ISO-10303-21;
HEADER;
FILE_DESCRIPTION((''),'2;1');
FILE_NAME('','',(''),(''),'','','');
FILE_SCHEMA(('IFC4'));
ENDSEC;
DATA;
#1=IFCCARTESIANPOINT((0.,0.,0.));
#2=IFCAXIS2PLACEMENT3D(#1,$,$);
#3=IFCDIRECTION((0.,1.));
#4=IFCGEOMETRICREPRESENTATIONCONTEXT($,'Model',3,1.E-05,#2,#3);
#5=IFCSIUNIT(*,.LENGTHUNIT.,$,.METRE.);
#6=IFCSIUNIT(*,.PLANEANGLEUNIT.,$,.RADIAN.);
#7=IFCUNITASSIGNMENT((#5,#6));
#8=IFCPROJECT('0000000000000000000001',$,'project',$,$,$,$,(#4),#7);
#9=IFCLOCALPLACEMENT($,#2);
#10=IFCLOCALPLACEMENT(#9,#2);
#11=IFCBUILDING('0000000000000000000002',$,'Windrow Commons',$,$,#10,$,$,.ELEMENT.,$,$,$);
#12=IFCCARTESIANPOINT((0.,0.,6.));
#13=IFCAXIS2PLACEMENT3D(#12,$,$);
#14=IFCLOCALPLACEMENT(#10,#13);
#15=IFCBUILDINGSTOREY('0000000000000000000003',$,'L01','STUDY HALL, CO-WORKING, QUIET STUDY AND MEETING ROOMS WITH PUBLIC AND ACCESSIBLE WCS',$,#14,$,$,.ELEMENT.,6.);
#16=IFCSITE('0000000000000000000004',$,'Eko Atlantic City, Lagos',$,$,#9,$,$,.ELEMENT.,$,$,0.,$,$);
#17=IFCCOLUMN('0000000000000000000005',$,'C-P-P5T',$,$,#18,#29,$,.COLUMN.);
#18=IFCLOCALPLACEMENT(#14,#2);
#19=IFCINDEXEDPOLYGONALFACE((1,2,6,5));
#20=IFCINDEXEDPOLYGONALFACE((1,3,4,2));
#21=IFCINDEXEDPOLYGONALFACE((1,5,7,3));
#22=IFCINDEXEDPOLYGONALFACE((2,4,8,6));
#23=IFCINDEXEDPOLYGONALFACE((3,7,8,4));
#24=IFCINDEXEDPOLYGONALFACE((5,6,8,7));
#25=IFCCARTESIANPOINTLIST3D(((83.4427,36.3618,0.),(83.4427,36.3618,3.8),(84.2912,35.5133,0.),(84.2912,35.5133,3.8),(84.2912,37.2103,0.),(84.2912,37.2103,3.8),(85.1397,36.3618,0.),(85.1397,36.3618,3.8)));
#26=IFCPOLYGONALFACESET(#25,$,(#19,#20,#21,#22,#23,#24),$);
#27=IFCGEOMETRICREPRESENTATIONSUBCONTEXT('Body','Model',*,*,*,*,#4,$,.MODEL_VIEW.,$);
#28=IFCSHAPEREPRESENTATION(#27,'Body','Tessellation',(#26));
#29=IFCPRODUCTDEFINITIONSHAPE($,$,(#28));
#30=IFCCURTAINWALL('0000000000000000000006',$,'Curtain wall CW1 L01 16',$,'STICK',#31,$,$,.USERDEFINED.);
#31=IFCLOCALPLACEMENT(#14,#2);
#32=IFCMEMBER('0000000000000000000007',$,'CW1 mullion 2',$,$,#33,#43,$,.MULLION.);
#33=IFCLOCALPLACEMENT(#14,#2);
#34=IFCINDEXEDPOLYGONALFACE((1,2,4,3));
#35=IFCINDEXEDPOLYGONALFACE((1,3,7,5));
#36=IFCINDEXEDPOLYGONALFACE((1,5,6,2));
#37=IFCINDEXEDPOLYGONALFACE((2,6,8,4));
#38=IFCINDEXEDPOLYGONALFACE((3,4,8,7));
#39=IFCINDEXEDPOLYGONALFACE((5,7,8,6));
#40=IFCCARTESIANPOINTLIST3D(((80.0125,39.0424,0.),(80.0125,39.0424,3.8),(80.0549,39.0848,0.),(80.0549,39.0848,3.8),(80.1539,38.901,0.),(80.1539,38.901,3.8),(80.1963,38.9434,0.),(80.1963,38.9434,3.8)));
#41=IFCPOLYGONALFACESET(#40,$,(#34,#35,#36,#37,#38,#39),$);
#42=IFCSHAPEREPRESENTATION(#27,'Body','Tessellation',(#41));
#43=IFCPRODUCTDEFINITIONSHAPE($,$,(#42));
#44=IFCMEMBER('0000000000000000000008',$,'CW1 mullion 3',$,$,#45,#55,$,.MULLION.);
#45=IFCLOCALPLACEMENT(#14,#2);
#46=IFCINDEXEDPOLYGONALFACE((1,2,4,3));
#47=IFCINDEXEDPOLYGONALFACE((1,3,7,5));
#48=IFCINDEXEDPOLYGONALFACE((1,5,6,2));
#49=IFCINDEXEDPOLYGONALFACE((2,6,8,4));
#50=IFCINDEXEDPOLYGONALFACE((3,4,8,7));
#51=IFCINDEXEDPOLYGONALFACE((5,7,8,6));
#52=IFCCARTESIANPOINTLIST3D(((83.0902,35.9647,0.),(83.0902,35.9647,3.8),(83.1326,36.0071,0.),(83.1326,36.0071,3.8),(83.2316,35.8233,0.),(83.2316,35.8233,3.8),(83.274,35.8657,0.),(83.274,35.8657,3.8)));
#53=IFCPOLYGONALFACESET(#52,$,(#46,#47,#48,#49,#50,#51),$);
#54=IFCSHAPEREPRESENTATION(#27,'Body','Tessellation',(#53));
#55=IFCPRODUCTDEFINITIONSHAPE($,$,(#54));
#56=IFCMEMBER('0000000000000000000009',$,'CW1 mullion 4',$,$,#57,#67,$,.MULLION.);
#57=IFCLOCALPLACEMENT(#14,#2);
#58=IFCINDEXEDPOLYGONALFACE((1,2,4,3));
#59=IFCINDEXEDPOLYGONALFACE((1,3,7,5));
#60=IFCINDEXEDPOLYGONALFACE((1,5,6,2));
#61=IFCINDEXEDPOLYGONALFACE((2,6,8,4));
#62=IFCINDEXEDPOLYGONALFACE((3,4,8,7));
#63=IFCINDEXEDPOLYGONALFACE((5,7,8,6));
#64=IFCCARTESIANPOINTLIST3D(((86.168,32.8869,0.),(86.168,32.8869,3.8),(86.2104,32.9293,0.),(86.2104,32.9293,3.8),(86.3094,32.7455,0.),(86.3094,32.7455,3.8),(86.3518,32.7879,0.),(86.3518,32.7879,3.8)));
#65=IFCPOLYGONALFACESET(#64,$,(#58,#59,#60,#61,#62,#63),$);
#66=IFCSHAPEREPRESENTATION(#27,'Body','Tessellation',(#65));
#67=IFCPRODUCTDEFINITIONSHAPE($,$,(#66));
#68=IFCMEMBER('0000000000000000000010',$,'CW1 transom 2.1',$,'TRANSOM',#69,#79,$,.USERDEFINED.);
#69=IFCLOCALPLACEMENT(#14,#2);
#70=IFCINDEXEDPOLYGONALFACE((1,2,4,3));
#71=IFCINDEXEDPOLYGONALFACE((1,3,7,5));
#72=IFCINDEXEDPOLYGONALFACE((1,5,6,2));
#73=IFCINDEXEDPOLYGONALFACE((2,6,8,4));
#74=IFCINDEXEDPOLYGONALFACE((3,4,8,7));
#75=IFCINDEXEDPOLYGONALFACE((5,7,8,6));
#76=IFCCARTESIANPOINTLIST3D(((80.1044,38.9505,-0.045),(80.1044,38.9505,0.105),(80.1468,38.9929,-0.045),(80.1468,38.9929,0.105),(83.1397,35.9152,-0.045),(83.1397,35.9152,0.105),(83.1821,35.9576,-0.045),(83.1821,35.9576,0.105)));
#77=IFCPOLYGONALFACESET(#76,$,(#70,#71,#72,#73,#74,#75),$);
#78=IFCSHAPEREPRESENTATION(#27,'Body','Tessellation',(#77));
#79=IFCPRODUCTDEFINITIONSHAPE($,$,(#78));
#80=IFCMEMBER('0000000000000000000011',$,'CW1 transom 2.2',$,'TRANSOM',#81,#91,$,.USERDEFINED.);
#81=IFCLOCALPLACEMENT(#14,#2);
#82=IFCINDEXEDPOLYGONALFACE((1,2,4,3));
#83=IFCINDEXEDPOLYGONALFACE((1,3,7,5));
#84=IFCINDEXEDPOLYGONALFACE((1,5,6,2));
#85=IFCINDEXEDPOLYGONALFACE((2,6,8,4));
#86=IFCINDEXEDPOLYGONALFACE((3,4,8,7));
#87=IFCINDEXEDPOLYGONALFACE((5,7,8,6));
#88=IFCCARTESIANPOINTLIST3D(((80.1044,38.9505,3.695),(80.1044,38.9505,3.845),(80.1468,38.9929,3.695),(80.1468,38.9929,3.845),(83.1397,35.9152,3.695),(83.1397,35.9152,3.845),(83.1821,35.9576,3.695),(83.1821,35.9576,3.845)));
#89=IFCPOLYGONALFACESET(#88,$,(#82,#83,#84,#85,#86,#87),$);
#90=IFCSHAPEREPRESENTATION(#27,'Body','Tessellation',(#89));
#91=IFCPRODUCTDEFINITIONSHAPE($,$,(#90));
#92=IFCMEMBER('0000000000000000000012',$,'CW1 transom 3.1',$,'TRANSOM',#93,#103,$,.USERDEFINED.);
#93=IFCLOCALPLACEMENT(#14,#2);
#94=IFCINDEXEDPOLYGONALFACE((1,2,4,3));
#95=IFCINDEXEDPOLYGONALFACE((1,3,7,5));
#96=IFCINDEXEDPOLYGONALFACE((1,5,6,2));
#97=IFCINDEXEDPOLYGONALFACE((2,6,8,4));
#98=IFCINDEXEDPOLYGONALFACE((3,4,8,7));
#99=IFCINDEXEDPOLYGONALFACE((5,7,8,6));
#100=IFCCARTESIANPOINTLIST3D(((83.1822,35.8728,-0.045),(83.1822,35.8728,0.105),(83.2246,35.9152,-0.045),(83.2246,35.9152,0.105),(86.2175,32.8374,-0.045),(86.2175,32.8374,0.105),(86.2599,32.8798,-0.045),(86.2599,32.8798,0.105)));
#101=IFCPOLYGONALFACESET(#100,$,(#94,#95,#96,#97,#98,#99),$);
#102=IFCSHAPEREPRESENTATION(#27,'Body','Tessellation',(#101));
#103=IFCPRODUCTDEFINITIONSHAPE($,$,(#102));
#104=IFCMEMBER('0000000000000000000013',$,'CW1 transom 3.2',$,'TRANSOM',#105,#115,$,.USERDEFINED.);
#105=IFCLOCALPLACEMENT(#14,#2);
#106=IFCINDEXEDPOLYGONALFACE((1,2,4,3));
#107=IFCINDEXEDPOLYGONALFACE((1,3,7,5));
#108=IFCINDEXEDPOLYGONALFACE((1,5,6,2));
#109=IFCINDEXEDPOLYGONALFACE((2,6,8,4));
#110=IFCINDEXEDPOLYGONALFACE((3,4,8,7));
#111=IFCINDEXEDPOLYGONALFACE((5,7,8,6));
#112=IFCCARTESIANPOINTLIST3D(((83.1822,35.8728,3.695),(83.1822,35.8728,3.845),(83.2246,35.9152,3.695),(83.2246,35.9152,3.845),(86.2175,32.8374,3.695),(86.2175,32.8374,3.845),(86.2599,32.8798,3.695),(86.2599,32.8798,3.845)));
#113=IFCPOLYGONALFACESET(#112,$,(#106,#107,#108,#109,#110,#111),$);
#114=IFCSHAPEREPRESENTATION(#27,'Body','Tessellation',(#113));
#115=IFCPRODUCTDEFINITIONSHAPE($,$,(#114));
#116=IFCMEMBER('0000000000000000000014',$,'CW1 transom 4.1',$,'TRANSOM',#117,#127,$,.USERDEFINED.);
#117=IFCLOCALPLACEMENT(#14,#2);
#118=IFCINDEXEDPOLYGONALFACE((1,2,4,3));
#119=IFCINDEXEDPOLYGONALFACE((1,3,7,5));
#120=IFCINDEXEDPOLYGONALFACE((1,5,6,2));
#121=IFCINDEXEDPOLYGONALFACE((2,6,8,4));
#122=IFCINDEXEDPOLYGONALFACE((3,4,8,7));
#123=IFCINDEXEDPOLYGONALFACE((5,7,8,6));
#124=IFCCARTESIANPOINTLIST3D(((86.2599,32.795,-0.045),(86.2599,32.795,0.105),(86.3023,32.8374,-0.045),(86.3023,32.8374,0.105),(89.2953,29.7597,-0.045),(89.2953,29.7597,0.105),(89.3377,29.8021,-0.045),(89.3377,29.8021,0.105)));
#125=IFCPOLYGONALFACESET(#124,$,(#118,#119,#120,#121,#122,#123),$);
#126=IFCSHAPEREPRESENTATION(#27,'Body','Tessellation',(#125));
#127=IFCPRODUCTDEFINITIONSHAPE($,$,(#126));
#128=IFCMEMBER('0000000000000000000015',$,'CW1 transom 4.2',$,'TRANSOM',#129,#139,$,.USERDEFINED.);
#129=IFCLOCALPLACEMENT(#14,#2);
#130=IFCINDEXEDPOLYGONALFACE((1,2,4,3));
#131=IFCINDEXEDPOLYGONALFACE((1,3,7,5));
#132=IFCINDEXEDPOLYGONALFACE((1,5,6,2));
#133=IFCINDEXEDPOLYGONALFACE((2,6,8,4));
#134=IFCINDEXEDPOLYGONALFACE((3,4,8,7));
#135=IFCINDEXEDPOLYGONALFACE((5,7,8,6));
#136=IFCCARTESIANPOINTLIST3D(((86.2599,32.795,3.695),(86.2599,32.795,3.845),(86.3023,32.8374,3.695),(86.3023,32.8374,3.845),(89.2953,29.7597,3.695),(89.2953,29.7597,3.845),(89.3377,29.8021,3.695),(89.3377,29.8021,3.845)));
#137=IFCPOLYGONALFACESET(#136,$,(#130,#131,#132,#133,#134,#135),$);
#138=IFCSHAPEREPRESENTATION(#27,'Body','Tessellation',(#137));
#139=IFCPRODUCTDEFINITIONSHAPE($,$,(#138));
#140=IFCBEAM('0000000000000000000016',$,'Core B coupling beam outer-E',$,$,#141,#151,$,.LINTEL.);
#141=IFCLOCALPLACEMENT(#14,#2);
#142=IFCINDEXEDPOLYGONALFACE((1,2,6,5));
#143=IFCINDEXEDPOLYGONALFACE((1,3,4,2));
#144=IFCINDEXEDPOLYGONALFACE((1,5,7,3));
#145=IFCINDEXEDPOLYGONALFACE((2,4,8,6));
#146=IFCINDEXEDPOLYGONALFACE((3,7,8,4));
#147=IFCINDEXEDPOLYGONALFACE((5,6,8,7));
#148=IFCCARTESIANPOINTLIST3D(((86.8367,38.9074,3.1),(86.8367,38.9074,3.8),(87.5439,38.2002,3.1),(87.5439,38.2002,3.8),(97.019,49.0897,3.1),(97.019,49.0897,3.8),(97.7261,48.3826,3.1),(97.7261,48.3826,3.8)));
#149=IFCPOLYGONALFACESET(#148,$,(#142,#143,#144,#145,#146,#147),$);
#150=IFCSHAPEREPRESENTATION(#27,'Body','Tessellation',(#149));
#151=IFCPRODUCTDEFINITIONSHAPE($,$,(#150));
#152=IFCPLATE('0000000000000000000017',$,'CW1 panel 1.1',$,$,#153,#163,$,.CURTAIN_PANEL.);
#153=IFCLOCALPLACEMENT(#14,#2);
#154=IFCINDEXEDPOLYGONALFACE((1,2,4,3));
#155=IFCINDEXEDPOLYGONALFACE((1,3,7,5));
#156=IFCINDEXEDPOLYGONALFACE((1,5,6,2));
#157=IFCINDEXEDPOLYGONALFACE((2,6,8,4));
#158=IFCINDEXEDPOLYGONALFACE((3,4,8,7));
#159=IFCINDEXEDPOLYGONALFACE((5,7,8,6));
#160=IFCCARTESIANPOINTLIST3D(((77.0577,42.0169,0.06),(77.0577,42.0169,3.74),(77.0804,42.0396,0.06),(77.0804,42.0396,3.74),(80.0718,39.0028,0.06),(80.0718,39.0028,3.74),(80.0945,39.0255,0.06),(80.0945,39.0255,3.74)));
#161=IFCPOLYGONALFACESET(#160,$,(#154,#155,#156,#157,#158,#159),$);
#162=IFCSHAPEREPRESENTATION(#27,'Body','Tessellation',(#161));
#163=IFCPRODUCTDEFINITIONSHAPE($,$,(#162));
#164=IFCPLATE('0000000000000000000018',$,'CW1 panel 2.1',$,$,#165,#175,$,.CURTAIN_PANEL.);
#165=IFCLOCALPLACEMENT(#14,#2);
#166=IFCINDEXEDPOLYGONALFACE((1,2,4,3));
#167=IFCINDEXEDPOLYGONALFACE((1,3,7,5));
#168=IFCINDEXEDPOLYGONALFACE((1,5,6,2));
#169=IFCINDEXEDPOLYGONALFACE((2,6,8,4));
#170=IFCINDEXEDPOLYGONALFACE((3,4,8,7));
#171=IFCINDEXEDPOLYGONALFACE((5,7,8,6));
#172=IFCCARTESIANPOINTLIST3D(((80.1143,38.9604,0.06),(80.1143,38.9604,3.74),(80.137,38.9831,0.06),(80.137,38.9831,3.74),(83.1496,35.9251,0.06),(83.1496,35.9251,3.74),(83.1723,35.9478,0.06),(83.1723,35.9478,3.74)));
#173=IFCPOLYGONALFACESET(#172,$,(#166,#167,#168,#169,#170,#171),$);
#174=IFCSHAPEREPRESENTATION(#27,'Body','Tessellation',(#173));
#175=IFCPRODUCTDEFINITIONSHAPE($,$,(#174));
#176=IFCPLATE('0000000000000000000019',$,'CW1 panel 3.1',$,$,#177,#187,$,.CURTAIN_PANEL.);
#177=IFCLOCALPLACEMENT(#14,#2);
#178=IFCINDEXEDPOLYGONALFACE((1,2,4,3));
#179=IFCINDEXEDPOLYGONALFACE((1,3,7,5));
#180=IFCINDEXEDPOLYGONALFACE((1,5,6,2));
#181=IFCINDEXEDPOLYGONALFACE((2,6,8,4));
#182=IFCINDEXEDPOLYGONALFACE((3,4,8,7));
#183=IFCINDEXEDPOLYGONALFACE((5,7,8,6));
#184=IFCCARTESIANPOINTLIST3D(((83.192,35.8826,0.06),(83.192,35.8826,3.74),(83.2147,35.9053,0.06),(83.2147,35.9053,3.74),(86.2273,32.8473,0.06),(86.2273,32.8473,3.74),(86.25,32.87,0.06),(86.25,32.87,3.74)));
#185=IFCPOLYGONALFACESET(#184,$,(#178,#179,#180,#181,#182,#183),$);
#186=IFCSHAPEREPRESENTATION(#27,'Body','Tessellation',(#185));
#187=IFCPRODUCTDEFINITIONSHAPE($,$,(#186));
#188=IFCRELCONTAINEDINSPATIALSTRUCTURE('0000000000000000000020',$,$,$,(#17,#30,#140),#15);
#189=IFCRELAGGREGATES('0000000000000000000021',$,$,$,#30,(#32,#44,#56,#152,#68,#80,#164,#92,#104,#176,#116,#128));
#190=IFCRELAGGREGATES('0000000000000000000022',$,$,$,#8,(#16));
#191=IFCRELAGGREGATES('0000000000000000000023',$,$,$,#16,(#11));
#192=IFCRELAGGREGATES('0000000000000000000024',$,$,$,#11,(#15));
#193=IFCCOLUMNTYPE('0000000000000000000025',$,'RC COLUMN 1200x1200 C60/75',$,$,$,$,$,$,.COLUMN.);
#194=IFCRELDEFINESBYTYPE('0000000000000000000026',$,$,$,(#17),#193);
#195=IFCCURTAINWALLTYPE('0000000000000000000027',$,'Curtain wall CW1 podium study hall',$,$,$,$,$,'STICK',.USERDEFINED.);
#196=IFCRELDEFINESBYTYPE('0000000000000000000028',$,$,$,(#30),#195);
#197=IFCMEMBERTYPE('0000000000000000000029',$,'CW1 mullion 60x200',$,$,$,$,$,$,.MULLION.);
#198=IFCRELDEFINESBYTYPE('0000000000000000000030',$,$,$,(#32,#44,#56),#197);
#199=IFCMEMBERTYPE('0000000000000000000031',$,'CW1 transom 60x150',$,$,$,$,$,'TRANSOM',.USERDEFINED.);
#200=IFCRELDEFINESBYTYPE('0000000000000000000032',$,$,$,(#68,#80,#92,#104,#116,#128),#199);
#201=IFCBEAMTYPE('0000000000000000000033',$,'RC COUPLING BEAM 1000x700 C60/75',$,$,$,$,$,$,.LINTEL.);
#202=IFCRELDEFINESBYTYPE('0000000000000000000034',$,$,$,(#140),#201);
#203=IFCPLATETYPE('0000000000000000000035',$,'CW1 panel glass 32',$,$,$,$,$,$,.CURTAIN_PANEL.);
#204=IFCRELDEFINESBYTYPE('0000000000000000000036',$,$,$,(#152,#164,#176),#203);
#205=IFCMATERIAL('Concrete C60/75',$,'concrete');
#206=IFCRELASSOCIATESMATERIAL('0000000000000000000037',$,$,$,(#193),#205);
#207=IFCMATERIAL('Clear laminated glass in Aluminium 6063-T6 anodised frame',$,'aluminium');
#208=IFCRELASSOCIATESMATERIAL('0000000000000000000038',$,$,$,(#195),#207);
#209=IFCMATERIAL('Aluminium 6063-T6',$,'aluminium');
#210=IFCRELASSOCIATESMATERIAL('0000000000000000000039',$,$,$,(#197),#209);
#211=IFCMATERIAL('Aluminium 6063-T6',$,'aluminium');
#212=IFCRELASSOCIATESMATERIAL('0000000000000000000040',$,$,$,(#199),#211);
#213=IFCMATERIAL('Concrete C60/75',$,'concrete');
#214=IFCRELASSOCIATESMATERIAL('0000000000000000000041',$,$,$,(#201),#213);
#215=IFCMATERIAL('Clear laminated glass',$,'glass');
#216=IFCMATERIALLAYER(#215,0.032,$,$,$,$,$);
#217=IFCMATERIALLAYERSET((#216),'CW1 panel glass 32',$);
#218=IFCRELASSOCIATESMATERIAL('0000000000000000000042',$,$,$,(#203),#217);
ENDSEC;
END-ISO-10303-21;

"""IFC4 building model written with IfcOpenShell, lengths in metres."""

from ifc_helpers import new_model, si_unit, direction, frame, origin, origin_2d, place, context, subcontext, project, spatial, rectangle, extrude, material, layer, layer_set, material_profile, profile_set, type_object, element, aggregate, save


model = new_model("IFC4")

# Units and contexts
model_context = context("Model", 3, precision=1e-05, world=origin(), true_north=direction((0.0, 1.0)))
body_context = subcontext(model_context, "Body", "Model", "MODEL_VIEW")
ifc_project = project(units=[si_unit("LENGTHUNIT", "METRE"), si_unit("PLANEANGLEUNIT", "RADIAN")], contexts=[model_context])

# Site, building, storey
site_placement = place(None, origin())
site = spatial("IfcSite", under=ifc_project, at=site_placement, Name="Eko Atlantic City, Lagos", CompositionType="ELEMENT", RefElevation=0.0)
building_placement = place(site_placement, origin())
building = spatial("IfcBuilding", under=site, at=building_placement, Name="Windrow Commons", CompositionType="ELEMENT")
storey_placement = place(building_placement, frame((0.0, 0.0, 6.0)))
storey = spatial("IfcBuildingStorey", under=building, at=storey_placement, Name="L01", Description="STUDY HALL, CO-WORKING, QUIET STUDY AND MEETING ROOMS WITH PUBLIC AND ACCESSIBLE WCS", CompositionType="ELEMENT", Elevation=6.0)

# Column
ifc_material_1 = material(Name="Concrete C60/75", Category="concrete")
ifc_material_profile_1 = material_profile(ifc_material_1, rectangle(XDim=1.2, YDim=1.2, at=origin_2d()))
ifc_profile_set_1 = profile_set([ifc_material_profile_1], Name="Concrete C60/75")
column_type = type_object("IfcColumnType", Name="RC COLUMN 1200x1200 C60/75", PredefinedType="COLUMN", material=ifc_profile_set_1)
column_placement = place(storey_placement, frame((84.2912, 36.3618, 0.0), z_axis=(0.0, 0.0, 1.0), x_axis=(0.707107, -0.707107, 0.0)))
element("IfcColumn", 1, at=column_placement, inside=storey, type_object=column_type, Name="C-P-P5T", PredefinedType="COLUMN", context=body_context, shape_type="SweptSolid", body=[
    extrude(rectangle(XDim=1.2, YDim=1.2, at=origin_2d()), origin(), (0.0, 0.0, 1.0), 3.8),
])

# Curtain wall, members
ifc_material_2 = material(Name="Clear laminated glass in Aluminium 6063-T6 anodised frame", Category="aluminium")
curtain_wall_type = type_object("IfcCurtainWallType", Name="Curtain wall CW1 podium study hall", ElementType="STICK", PredefinedType="USERDEFINED", material=ifc_material_2)
curtain_wall_placement = place(storey_placement, origin())
curtain_wall = element("IfcCurtainWall", 2, at=curtain_wall_placement, inside=storey, type_object=curtain_wall_type, Name="Curtain wall CW1 L01 16", ObjectType="STICK", PredefinedType="USERDEFINED")
ifc_material_3 = material(Name="Aluminium 6063-T6", Category="aluminium")
ifc_material_profile_2 = material_profile(ifc_material_3, rectangle(XDim=0.06, YDim=0.2, at=origin_2d()))
ifc_profile_set_2 = profile_set([ifc_material_profile_2], Name="Aluminium 6063-T6")
member_type_1 = type_object("IfcMemberType", Name="CW1 mullion 60x200", PredefinedType="MULLION", material=ifc_profile_set_2)
member_1_placement = place(storey_placement, frame((80.1044, 38.9929, 0.0), z_axis=(0.0, 0.0, 1.0), x_axis=(0.707107, 0.707107, 0.0)))
member_1 = element("IfcMember", 3, at=member_1_placement, type_object=member_type_1, Name="CW1 mullion 2", PredefinedType="MULLION", context=body_context, shape_type="SweptSolid", body=[
    extrude(rectangle(XDim=0.06, YDim=0.2, at=origin_2d()), origin(), (0.0, 0.0, 1.0), 3.8),
])
member_2_placement = place(storey_placement, frame((83.1821, 35.9152, 0.0), z_axis=(0.0, 0.0, 1.0), x_axis=(0.707107, 0.707107, 0.0)))
member_2 = element("IfcMember", 4, at=member_2_placement, type_object=member_type_1, Name="CW1 mullion 3", PredefinedType="MULLION", context=body_context, shape_type="SweptSolid", body=[
    extrude(rectangle(XDim=0.06, YDim=0.2, at=origin_2d()), origin(), (0.0, 0.0, 1.0), 3.8),
])
member_3_placement = place(storey_placement, frame((86.2599, 32.8374, 0.0), z_axis=(0.0, 0.0, 1.0), x_axis=(0.707107, 0.707107, 0.0)))
member_3 = element("IfcMember", 5, at=member_3_placement, type_object=member_type_1, Name="CW1 mullion 4", PredefinedType="MULLION", context=body_context, shape_type="SweptSolid", body=[
    extrude(rectangle(XDim=0.06, YDim=0.2, at=origin_2d()), origin(), (0.0, 0.0, 1.0), 3.8),
])
ifc_material_4 = material(Name="Aluminium 6063-T6", Category="aluminium")
ifc_material_profile_3 = material_profile(ifc_material_4, rectangle(XDim=0.06, YDim=0.15, at=origin_2d()))
ifc_profile_set_3 = profile_set([ifc_material_profile_3], Name="Aluminium 6063-T6")
member_type_2 = type_object("IfcMemberType", Name="CW1 transom 60x150", ElementType="TRANSOM", PredefinedType="USERDEFINED", material=ifc_profile_set_3)
member_4_placement = place(storey_placement, frame((80.1256, 38.9717, 0.03), z_axis=(0.707107, -0.707107, 0.0), x_axis=(0.707107, 0.707107, 0.0)))
member_4 = element("IfcMember", 6, at=member_4_placement, type_object=member_type_2, Name="CW1 transom 2.1", ObjectType="TRANSOM", PredefinedType="USERDEFINED", context=body_context, shape_type="SweptSolid", body=[
    extrude(rectangle(XDim=0.06, YDim=0.15, at=origin_2d()), origin(), (0.0, 0.0, 1.0), 4.2926),
])
member_5_placement = place(storey_placement, frame((80.1256, 38.9717, 3.77), z_axis=(0.707107, -0.707107, 0.0), x_axis=(0.707107, 0.707107, 0.0)))
member_5 = element("IfcMember", 7, at=member_5_placement, type_object=member_type_2, Name="CW1 transom 2.2", ObjectType="TRANSOM", PredefinedType="USERDEFINED", context=body_context, shape_type="SweptSolid", body=[
    extrude(rectangle(XDim=0.06, YDim=0.15, at=origin_2d()), origin(), (0.0, 0.0, 1.0), 4.2926),
])
member_6_placement = place(storey_placement, frame((83.2034, 35.894, 0.03), z_axis=(0.707095, -0.707118, 0.0), x_axis=(0.707118, 0.707095, 0.0)))
member_6 = element("IfcMember", 8, at=member_6_placement, type_object=member_type_2, Name="CW1 transom 3.1", ObjectType="TRANSOM", PredefinedType="USERDEFINED", context=body_context, shape_type="SweptSolid", body=[
    extrude(rectangle(XDim=0.06, YDim=0.15, at=origin_2d()), origin(), (0.0, 0.0, 1.0), 4.2926),
])
member_7_placement = place(storey_placement, frame((83.2034, 35.894, 3.77), z_axis=(0.707095, -0.707118, 0.0), x_axis=(0.707118, 0.707095, 0.0)))
member_7 = element("IfcMember", 9, at=member_7_placement, type_object=member_type_2, Name="CW1 transom 3.2", ObjectType="TRANSOM", PredefinedType="USERDEFINED", context=body_context, shape_type="SweptSolid", body=[
    extrude(rectangle(XDim=0.06, YDim=0.15, at=origin_2d()), origin(), (0.0, 0.0, 1.0), 4.2926),
])
member_8_placement = place(storey_placement, frame((86.2811, 32.8162, 0.03), z_axis=(0.707118, -0.707095, 0.0), x_axis=(0.707095, 0.707118, 0.0)))
member_8 = element("IfcMember", 10, at=member_8_placement, type_object=member_type_2, Name="CW1 transom 4.1", ObjectType="TRANSOM", PredefinedType="USERDEFINED", context=body_context, shape_type="SweptSolid", body=[
    extrude(rectangle(XDim=0.06, YDim=0.15, at=origin_2d()), origin(), (0.0, 0.0, 1.0), 4.2926),
])
member_9_placement = place(storey_placement, frame((86.2811, 32.8162, 3.77), z_axis=(0.707118, -0.707095, 0.0), x_axis=(0.707095, 0.707118, 0.0)))
member_9 = element("IfcMember", 11, at=member_9_placement, type_object=member_type_2, Name="CW1 transom 4.2", ObjectType="TRANSOM", PredefinedType="USERDEFINED", context=body_context, shape_type="SweptSolid", body=[
    extrude(rectangle(XDim=0.06, YDim=0.15, at=origin_2d()), origin(), (0.0, 0.0, 1.0), 4.2926),
])

# Beam
ifc_material_5 = material(Name="Concrete C60/75", Category="concrete")
ifc_material_profile_4 = material_profile(ifc_material_5, rectangle(XDim=1.0, YDim=0.7, at=origin_2d()))
ifc_profile_set_4 = profile_set([ifc_material_profile_4], Name="Concrete C60/75")
beam_type = type_object("IfcBeamType", Name="RC COUPLING BEAM 1000x700 C60/75", PredefinedType="LINTEL", material=ifc_profile_set_4)
beam_placement = place(storey_placement, frame((87.1903, 38.5538, 3.45), z_axis=(0.707103, 0.70711, 0.0), x_axis=(-0.70711, 0.707103, 0.0)))
element("IfcBeam", 12, at=beam_placement, inside=storey, type_object=beam_type, Name="Core B coupling beam outer-E", PredefinedType="LINTEL", context=body_context, shape_type="SweptSolid", body=[
    extrude(rectangle(XDim=1.0, YDim=0.7, at=origin_2d()), origin(), (0.0, 0.0, 1.0), 14.4),
])

# Plates
ifc_material_6 = material(Name="Clear laminated glass", Category="glass")
ifc_layer_1 = layer(ifc_material_6, 0.032)
ifc_layer_set_1 = layer_set([ifc_layer_1], Name="CW1 panel glass 32")
plate_type = type_object("IfcPlateType", Name="CW1 panel glass 32", PredefinedType="CURTAIN_PANEL", material=ifc_layer_set_1)
plate_1_placement = place(storey_placement, frame((78.5761, 40.5212, 0.06), z_axis=(0.0, 0.0, 1.0), x_axis=(0.707107, -0.707107, 0.0)))
plate_1 = element("IfcPlate", 13, at=plate_1_placement, type_object=plate_type, Name="CW1 panel 1.1", PredefinedType="CURTAIN_PANEL", context=body_context, shape_type="SweptSolid", body=[
    extrude(rectangle(XDim=4.2626, YDim=0.032, at=origin_2d()), origin(), (0.0, 0.0, 1.0), 3.68),
])
plate_2_placement = place(storey_placement, frame((81.6433, 37.4541, 0.06), z_axis=(0.0, 0.0, 1.0), x_axis=(0.707107, -0.707107, 0.0)))
plate_2 = element("IfcPlate", 14, at=plate_2_placement, type_object=plate_type, Name="CW1 panel 2.1", PredefinedType="CURTAIN_PANEL", context=body_context, shape_type="SweptSolid", body=[
    extrude(rectangle(XDim=4.2926, YDim=0.032, at=origin_2d()), origin(), (0.0, 0.0, 1.0), 3.68),
])
plate_3_placement = place(storey_placement, frame((84.721, 34.3763, 0.06), z_axis=(0.0, 0.0, 1.0), x_axis=(0.707107, -0.707107, 0.0)))
plate_3 = element("IfcPlate", 15, at=plate_3_placement, type_object=plate_type, Name="CW1 panel 3.1", PredefinedType="CURTAIN_PANEL", context=body_context, shape_type="SweptSolid", body=[
    extrude(rectangle(XDim=4.2926, YDim=0.032, at=origin_2d()), origin(), (0.0, 0.0, 1.0), 3.68),
])
aggregate(curtain_wall, [member_1, member_2, member_3, plate_1, member_4, member_5, plate_2, member_6, member_7, plate_3, member_8, member_9])

save(model, "model.ifc")
